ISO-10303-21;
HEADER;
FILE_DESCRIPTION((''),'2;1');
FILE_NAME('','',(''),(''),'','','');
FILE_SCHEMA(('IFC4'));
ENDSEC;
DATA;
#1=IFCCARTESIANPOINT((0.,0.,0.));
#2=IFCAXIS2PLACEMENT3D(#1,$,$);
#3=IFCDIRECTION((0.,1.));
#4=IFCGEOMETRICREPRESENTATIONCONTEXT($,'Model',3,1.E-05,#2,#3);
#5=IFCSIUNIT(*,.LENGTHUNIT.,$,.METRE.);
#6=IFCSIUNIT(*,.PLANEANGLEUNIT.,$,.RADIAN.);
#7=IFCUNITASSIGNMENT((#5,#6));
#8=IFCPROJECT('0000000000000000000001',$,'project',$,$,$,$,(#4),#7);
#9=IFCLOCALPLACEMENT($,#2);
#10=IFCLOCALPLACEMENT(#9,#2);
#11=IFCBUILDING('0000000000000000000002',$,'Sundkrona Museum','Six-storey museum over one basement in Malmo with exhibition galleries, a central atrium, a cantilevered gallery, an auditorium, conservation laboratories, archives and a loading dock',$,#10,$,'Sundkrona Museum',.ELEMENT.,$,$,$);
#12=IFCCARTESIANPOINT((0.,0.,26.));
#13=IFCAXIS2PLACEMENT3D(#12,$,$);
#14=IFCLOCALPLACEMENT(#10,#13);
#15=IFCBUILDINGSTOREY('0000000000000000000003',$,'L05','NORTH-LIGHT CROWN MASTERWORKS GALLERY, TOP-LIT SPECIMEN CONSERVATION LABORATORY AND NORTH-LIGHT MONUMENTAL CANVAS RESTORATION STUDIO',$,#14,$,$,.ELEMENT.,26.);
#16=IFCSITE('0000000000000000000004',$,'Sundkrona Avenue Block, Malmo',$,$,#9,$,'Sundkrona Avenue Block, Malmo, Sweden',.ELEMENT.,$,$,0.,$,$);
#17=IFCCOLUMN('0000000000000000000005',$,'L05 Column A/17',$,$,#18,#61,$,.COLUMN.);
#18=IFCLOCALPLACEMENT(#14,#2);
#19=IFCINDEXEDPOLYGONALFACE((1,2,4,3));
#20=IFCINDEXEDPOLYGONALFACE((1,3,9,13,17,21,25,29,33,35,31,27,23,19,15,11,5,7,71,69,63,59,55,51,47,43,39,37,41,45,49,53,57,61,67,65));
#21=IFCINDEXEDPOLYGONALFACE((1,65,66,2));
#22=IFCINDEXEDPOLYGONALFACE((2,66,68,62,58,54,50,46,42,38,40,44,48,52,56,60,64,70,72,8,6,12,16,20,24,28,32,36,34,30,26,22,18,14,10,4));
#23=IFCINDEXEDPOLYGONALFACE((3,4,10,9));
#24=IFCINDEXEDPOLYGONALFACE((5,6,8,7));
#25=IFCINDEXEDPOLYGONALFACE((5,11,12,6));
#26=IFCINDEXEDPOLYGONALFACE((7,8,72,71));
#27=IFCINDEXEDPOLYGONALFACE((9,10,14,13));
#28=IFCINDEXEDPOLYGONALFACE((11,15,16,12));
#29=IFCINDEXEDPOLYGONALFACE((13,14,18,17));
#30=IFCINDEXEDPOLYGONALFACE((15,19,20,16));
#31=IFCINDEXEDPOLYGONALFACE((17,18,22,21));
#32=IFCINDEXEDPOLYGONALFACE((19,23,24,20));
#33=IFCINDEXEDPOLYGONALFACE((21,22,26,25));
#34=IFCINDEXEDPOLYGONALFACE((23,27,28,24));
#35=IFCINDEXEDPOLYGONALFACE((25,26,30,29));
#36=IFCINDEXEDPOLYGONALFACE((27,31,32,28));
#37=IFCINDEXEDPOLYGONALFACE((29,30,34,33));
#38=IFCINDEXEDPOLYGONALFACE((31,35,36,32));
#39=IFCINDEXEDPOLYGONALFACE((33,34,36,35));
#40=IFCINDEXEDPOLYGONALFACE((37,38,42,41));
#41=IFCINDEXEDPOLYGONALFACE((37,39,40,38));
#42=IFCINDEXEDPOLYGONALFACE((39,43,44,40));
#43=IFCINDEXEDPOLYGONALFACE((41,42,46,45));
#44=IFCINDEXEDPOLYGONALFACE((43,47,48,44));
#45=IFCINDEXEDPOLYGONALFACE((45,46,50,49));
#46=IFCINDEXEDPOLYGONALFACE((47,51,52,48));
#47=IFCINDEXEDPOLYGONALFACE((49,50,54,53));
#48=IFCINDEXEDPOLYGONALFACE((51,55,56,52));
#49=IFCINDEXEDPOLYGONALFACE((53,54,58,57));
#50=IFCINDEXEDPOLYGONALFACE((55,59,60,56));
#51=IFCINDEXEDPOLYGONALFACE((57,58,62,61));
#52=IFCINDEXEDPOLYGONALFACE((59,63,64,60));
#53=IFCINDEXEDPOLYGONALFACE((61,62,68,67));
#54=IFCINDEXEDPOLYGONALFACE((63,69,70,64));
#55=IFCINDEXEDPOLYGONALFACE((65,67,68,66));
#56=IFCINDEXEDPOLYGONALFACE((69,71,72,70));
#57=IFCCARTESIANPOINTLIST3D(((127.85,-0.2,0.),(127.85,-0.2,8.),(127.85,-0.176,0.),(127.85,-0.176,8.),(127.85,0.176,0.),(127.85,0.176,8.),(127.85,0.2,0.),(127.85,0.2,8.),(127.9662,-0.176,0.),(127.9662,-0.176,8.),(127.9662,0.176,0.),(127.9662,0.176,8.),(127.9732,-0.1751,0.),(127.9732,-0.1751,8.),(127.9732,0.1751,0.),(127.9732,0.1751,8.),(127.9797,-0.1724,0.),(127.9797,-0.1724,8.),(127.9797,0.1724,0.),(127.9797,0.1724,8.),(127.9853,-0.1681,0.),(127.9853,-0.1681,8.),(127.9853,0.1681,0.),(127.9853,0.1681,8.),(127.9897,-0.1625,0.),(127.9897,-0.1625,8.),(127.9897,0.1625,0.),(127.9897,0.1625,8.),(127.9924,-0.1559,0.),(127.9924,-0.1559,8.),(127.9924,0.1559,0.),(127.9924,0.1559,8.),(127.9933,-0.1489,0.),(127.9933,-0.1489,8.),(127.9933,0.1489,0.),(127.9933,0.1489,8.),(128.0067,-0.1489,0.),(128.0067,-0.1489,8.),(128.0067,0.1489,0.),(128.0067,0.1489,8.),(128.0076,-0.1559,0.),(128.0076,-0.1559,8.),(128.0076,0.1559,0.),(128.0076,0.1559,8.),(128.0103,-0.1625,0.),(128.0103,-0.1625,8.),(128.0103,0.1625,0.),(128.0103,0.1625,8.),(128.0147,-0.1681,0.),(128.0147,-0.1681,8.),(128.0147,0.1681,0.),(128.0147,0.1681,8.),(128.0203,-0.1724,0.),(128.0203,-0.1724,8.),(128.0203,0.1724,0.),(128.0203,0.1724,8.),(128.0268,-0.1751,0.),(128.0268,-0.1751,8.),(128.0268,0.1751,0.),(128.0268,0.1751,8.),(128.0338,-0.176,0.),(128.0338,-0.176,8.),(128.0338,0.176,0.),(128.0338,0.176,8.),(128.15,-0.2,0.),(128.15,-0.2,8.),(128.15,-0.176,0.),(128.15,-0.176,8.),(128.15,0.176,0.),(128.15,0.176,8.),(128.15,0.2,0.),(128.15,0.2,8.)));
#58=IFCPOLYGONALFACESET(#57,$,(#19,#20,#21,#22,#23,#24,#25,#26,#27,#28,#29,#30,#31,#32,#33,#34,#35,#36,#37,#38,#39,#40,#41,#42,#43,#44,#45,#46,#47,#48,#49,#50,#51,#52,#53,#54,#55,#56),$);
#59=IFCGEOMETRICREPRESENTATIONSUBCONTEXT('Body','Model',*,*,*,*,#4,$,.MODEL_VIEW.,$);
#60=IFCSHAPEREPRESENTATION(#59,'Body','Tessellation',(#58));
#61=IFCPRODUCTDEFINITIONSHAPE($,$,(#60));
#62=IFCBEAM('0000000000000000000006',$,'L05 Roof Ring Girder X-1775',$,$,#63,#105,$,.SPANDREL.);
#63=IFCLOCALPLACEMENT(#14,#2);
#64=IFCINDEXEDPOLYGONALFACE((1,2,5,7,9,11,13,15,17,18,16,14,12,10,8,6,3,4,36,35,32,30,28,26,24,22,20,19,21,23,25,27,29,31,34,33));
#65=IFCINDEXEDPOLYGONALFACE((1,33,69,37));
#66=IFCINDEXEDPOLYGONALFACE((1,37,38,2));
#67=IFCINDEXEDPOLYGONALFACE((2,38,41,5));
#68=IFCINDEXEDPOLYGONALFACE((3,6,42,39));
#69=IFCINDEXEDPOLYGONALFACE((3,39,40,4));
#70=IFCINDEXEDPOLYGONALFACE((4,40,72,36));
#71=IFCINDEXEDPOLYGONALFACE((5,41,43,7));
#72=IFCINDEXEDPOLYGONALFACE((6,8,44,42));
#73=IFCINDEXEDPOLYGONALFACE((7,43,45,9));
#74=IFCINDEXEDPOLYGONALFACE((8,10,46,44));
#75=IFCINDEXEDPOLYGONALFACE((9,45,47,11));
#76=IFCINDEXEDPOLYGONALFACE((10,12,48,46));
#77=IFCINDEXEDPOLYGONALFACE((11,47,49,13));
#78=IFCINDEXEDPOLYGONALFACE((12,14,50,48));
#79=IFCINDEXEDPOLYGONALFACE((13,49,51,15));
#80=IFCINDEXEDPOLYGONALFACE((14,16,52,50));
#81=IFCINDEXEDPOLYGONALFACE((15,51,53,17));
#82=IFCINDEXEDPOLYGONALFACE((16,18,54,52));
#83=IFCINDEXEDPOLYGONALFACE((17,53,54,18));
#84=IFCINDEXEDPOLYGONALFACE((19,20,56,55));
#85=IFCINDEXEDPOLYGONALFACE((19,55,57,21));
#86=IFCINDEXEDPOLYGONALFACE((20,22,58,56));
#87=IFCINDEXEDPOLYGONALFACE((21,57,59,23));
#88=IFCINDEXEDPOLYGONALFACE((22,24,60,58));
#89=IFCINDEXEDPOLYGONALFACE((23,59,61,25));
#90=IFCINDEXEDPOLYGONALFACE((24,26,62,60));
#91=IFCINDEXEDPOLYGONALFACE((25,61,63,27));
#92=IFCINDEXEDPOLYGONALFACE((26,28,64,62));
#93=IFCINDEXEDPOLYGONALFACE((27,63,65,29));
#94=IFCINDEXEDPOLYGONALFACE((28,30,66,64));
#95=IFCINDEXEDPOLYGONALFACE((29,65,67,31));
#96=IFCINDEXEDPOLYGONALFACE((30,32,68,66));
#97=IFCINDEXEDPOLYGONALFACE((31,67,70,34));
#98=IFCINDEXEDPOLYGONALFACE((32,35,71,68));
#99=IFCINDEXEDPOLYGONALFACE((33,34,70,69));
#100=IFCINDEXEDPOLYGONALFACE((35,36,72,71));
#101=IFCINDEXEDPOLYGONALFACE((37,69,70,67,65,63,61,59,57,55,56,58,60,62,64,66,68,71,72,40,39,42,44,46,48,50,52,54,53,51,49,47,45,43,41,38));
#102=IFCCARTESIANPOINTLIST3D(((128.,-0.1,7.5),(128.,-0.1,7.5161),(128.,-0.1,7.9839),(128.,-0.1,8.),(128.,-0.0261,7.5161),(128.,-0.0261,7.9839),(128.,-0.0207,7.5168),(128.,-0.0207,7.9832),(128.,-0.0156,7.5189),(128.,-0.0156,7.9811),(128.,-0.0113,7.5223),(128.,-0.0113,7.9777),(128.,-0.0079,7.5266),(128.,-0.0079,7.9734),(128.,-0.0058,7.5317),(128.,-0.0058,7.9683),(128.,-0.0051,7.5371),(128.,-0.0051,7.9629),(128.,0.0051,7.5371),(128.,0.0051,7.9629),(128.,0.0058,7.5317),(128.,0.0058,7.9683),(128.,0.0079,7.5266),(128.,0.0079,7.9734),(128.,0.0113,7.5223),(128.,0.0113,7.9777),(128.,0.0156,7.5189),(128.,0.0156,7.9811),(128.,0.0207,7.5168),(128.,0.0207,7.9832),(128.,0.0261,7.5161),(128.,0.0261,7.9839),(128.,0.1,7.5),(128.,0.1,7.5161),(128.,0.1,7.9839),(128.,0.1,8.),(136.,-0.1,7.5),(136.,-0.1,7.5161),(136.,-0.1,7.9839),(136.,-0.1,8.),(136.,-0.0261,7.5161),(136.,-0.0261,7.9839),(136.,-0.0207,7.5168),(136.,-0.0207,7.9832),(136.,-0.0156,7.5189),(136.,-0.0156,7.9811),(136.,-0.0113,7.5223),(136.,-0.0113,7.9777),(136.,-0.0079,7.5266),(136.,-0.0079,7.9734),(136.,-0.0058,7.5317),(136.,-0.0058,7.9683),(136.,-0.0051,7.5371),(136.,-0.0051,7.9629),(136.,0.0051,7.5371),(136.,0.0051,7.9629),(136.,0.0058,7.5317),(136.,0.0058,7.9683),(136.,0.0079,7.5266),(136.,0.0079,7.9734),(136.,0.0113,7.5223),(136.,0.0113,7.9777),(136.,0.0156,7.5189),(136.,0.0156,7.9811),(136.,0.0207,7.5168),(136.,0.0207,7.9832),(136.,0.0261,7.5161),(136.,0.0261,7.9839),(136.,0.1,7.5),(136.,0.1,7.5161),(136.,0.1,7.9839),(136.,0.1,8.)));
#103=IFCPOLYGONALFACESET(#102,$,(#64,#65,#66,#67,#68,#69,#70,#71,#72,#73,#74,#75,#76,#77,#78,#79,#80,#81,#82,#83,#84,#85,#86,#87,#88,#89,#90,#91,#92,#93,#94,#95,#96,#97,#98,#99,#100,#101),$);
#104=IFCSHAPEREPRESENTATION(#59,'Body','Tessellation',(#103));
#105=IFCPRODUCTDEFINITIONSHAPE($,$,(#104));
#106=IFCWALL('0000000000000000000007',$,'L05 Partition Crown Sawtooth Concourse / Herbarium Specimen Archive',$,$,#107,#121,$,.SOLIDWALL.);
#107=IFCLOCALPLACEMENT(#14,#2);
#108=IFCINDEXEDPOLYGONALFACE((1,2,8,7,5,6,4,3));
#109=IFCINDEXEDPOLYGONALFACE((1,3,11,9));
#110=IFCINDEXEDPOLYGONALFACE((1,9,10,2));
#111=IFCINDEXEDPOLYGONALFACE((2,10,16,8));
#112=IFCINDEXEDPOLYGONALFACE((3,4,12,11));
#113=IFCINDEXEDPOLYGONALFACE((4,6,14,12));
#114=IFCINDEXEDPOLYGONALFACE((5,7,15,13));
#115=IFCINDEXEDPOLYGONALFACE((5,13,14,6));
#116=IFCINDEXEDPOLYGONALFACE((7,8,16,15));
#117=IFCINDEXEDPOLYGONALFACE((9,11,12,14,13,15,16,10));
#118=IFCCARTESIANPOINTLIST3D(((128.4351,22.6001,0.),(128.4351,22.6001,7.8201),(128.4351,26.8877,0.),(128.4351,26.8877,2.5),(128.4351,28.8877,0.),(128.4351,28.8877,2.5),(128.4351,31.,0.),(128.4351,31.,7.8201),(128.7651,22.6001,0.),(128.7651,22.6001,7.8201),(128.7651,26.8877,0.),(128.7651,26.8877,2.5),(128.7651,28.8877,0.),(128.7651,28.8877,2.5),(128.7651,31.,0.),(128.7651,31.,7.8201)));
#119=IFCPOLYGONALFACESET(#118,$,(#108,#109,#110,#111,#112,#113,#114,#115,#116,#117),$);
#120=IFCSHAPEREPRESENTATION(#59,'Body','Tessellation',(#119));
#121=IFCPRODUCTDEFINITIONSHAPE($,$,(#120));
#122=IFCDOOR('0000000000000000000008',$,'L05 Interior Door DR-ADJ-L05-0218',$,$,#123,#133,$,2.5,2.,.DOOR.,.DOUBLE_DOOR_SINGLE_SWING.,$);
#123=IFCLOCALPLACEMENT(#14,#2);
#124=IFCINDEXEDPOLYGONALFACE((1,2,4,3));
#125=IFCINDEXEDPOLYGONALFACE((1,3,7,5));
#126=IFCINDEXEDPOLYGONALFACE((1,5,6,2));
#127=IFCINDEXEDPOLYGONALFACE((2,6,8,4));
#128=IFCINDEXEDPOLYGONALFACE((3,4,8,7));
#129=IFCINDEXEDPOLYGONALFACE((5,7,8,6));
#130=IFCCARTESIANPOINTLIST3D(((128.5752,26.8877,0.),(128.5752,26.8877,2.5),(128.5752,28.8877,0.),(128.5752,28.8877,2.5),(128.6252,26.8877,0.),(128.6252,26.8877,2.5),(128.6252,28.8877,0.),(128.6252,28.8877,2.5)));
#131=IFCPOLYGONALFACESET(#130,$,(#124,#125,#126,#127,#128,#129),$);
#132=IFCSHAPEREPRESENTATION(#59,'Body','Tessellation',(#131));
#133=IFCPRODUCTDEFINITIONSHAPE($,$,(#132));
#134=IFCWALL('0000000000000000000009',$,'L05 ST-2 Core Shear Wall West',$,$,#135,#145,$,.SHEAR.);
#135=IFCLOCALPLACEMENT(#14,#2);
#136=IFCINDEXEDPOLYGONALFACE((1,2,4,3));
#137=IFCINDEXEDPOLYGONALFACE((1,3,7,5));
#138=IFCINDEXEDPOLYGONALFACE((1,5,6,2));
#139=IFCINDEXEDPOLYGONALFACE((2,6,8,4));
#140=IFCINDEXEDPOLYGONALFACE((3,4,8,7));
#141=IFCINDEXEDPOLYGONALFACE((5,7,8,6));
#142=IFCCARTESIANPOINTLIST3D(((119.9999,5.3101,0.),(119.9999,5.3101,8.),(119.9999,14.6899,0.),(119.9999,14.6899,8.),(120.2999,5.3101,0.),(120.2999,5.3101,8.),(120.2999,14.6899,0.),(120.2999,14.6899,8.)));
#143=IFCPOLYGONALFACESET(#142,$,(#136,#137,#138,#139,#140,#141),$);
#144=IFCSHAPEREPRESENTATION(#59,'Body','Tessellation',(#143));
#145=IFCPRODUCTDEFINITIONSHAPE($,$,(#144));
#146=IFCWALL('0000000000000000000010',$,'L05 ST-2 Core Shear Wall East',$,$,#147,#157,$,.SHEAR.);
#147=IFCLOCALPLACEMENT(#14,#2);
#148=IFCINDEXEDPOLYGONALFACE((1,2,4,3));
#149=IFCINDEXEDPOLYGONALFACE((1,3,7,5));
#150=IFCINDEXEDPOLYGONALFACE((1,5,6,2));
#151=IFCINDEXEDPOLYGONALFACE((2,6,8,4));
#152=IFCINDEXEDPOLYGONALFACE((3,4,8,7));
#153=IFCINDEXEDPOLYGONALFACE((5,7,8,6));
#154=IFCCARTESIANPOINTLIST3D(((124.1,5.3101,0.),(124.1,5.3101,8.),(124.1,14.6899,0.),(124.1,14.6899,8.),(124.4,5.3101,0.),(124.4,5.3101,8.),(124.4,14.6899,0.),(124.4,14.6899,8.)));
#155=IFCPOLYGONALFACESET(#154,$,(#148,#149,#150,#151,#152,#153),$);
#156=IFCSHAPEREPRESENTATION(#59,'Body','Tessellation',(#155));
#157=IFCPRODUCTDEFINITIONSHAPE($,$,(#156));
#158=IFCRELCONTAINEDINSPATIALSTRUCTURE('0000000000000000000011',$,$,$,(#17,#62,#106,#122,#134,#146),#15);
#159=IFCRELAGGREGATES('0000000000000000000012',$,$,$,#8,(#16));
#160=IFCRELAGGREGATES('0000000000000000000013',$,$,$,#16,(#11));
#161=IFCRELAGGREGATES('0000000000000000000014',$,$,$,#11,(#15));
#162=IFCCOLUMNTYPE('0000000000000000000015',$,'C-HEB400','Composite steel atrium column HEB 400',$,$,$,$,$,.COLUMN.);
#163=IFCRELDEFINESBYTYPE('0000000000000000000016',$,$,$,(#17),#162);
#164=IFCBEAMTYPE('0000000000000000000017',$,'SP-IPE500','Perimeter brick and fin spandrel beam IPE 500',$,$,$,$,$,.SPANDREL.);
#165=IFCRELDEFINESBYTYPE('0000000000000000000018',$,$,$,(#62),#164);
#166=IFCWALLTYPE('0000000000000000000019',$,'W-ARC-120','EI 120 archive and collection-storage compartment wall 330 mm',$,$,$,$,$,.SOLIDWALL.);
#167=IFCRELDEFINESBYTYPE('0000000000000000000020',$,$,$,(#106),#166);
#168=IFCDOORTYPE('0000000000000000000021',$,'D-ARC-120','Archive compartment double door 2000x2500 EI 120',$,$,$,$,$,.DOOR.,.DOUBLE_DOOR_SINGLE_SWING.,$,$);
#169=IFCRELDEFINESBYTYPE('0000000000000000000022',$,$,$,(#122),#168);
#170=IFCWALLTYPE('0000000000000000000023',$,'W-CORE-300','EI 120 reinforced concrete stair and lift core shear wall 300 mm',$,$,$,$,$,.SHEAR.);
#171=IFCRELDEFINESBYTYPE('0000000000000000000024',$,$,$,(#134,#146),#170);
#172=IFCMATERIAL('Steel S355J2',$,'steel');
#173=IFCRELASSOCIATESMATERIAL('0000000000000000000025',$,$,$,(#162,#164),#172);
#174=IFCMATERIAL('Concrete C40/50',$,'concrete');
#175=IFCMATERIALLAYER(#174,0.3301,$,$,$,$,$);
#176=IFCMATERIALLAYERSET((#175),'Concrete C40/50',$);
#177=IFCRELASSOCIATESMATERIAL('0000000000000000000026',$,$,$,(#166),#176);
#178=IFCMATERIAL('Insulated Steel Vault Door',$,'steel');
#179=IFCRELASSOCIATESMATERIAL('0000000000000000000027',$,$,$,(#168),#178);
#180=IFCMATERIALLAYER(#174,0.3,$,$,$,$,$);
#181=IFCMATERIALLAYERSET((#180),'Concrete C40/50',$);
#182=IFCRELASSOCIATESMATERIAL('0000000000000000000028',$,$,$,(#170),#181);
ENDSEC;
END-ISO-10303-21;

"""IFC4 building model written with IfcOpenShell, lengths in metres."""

from ifc_helpers import new_model, si_unit, direction, frame, frame_2d, origin, origin_2d, place, context, subcontext, project, spatial, rectangle, i_section, extrude, material, layer, layer_set, material_profile, profile_set, type_object, element, fill, save


model = new_model("IFC4")

# Units and contexts
model_context = context("Model", 3, precision=1e-05, world=origin(), true_north=direction((0.0, 1.0)))
body_context = subcontext(model_context, "Body", "Model", "MODEL_VIEW")
ifc_project = project(units=[si_unit("LENGTHUNIT", "METRE"), si_unit("PLANEANGLEUNIT", "RADIAN")], contexts=[model_context])

# Site, building, storey
site_placement = place(None, origin())
site = spatial("IfcSite", under=ifc_project, at=site_placement, Name="Sundkrona Avenue Block, Malmo", LongName="Sundkrona Avenue Block, Malmo, Sweden", CompositionType="ELEMENT", RefElevation=0.0)
building_placement = place(site_placement, origin())
building = spatial("IfcBuilding", under=site, at=building_placement, Name="Sundkrona Museum", Description="Six-storey museum over one basement in Malmo with exhibition galleries, a central atrium, a cantilevered gallery, an auditorium, conservation laboratories, archives and a loading dock", LongName="Sundkrona Museum", CompositionType="ELEMENT")
storey_placement = place(building_placement, frame((0.0, 0.0, 26.0)))
storey = spatial("IfcBuildingStorey", under=building, at=storey_placement, Name="L05", Description="NORTH-LIGHT CROWN MASTERWORKS GALLERY, TOP-LIT SPECIMEN CONSERVATION LABORATORY AND NORTH-LIGHT MONUMENTAL CANVAS RESTORATION STUDIO", CompositionType="ELEMENT", Elevation=26.0)

# Column
ifc_material_1 = material(Name="Steel S355J2", Category="steel")
ifc_material_profile_1 = material_profile(ifc_material_1, i_section(OverallWidth=0.3, OverallDepth=0.3999, WebThickness=0.0134, FlangeThickness=0.0239, FilletRadius=0.0271, at=origin_2d()), Name="HEB 400")
ifc_profile_set_1 = profile_set([ifc_material_profile_1], Name="Steel S355J2")
column_type = type_object("IfcColumnType", Name="C-HEB400", Description="Composite steel atrium column HEB 400", PredefinedType="COLUMN", material=ifc_profile_set_1)
column_placement = place(storey_placement, frame((128.0, 0.0, 0.0), z_axis=(0.0, 0.0, 1.0), x_axis=(1.0, 0.0, 0.0)))
element("IfcColumn", 1, at=column_placement, inside=storey, type_object=column_type, Name="L05 Column A/17", PredefinedType="COLUMN", context=body_context, shape_type="SweptSolid", body=[
    extrude(i_section(OverallWidth=0.3, OverallDepth=0.3999, WebThickness=0.0134, FlangeThickness=0.0239, FilletRadius=0.0271, at=origin_2d()), origin(), (0.0, 0.0, 1.0), 8.0),
])

# Beam
ifc_material_profile_2 = material_profile(ifc_material_1, i_section(OverallWidth=0.2, OverallDepth=0.5, WebThickness=0.0103, FlangeThickness=0.0161, FilletRadius=0.021, at=origin_2d()), Name="IPE 500")
ifc_profile_set_2 = profile_set([ifc_material_profile_2], Name="Steel S355J2")
beam_type = type_object("IfcBeamType", Name="SP-IPE500", Description="Perimeter brick and fin spandrel beam IPE 500", PredefinedType="SPANDREL", material=ifc_profile_set_2)
beam_placement = place(storey_placement, frame((128.0, 0.0, 7.75), z_axis=(1.0, 0.0, 0.0), x_axis=(0.0, 1.0, 0.0)))
element("IfcBeam", 2, at=beam_placement, inside=storey, type_object=beam_type, Name="L05 Roof Ring Girder X-1775", PredefinedType="SPANDREL", context=body_context, shape_type="SweptSolid", body=[
    extrude(i_section(OverallWidth=0.2, OverallDepth=0.5, WebThickness=0.0103, FlangeThickness=0.0161, FilletRadius=0.021, at=origin_2d()), origin(), (0.0, 0.0, 1.0), 8.0),
])

# Wall, opening, door
ifc_material_2 = material(Name="Concrete C40/50", Category="concrete")
ifc_layer_1 = layer(ifc_material_2, 0.3301)
ifc_layer_set_1 = layer_set([ifc_layer_1], Name="Concrete C40/50")
wall_type_1 = type_object("IfcWallType", Name="W-ARC-120", Description="EI 120 archive and collection-storage compartment wall 330 mm", PredefinedType="SOLIDWALL", material=ifc_layer_set_1)
wall_1_placement = place(storey_placement, frame((128.6001, 22.6001, 0.0), z_axis=(0.0, 0.0, 1.0), x_axis=(0.0, 1.0, 0.0)))
wall_1 = element("IfcWall", 3, at=wall_1_placement, inside=storey, type_object=wall_type_1, Name="L05 Partition Crown Sawtooth Concourse / Herbarium Specimen Archive", PredefinedType="SOLIDWALL", context=body_context, shape_type="SweptSolid", body=[
    extrude(rectangle(XDim=8.3999, YDim=0.3301, at=frame_2d((4.2, 0.0))), origin(), (0.0, 0.0, 1.0), 7.8201),
])
opening_1_placement = place(wall_1_placement, frame((4.2876, 0.0, 0.0)))
opening_1 = element("IfcOpeningElement", 4, at=opening_1_placement, cuts=wall_1, PredefinedType="OPENING", context=body_context, shape_type="SweptSolid", body=[
    extrude(rectangle(XDim=2.0, YDim=2.5, at=frame_2d((1.0, 1.25))), frame((0.0, 0.175, 0.0), z_axis=(0.0, -1.0, 0.0), x_axis=(1.0, 0.0, 0.0)), (0.0, 0.0, 1.0), 0.3501),
])
ifc_material_3 = material(Name="Insulated Steel Vault Door", Category="steel")
door_type_1 = type_object("IfcDoorType", Name="D-ARC-120", Description="Archive compartment double door 2000x2500 EI 120", OperationType="DOUBLE_DOOR_SINGLE_SWING", PredefinedType="DOOR", material=ifc_material_3)
door_1_placement = place(opening_1_placement, origin())
door_1 = element("IfcDoor", 5, at=door_1_placement, inside=storey, type_object=door_type_1, Name="L05 Interior Door DR-ADJ-L05-0218", OperationType="DOUBLE_DOOR_SINGLE_SWING", OverallHeight=2.5, OverallWidth=2.0, PredefinedType="DOOR", context=body_context, shape_type="SweptSolid", body=[
    extrude(rectangle(XDim=2.0, YDim=2.5, at=frame_2d((1.0, 1.25))), frame((0.0, 0.0249, 0.0), z_axis=(0.0, -1.0, 0.0), x_axis=(1.0, 0.0, 0.0)), (0.0, 0.0, 1.0), 0.05),
])
fill(opening_1, door_1)

# Walls
ifc_layer_2 = layer(ifc_material_2, 0.3)
ifc_layer_set_2 = layer_set([ifc_layer_2], Name="Concrete C40/50")
wall_type_2 = type_object("IfcWallType", Name="W-CORE-300", Description="EI 120 reinforced concrete stair and lift core shear wall 300 mm", PredefinedType="SHEAR", material=ifc_layer_set_2)
for number, where, z_axis, x_axis, name in (
    (6, (120.1499, 5.3101, 0.0), (0.0, 0.0, 1.0), (0.0, 1.0, 0.0), "L05 ST-2 Core Shear Wall West"),
    (7, (124.25, 5.3101, 0.0), (0.0, 0.0, 1.0), (0.0, 1.0, 0.0), "L05 ST-2 Core Shear Wall East"),
):
    element("IfcWall", number, at=place(storey_placement, frame(where, z_axis=z_axis, x_axis=x_axis)), inside=storey, type_object=wall_type_2, Name=name, PredefinedType="SHEAR", context=body_context, shape_type="SweptSolid", body=[
        extrude(rectangle(XDim=9.3799, YDim=0.3, at=frame_2d((4.6899, 0.0))), origin(), (0.0, 0.0, 1.0), 8.0),
    ])

save(model, "model.ifc")
